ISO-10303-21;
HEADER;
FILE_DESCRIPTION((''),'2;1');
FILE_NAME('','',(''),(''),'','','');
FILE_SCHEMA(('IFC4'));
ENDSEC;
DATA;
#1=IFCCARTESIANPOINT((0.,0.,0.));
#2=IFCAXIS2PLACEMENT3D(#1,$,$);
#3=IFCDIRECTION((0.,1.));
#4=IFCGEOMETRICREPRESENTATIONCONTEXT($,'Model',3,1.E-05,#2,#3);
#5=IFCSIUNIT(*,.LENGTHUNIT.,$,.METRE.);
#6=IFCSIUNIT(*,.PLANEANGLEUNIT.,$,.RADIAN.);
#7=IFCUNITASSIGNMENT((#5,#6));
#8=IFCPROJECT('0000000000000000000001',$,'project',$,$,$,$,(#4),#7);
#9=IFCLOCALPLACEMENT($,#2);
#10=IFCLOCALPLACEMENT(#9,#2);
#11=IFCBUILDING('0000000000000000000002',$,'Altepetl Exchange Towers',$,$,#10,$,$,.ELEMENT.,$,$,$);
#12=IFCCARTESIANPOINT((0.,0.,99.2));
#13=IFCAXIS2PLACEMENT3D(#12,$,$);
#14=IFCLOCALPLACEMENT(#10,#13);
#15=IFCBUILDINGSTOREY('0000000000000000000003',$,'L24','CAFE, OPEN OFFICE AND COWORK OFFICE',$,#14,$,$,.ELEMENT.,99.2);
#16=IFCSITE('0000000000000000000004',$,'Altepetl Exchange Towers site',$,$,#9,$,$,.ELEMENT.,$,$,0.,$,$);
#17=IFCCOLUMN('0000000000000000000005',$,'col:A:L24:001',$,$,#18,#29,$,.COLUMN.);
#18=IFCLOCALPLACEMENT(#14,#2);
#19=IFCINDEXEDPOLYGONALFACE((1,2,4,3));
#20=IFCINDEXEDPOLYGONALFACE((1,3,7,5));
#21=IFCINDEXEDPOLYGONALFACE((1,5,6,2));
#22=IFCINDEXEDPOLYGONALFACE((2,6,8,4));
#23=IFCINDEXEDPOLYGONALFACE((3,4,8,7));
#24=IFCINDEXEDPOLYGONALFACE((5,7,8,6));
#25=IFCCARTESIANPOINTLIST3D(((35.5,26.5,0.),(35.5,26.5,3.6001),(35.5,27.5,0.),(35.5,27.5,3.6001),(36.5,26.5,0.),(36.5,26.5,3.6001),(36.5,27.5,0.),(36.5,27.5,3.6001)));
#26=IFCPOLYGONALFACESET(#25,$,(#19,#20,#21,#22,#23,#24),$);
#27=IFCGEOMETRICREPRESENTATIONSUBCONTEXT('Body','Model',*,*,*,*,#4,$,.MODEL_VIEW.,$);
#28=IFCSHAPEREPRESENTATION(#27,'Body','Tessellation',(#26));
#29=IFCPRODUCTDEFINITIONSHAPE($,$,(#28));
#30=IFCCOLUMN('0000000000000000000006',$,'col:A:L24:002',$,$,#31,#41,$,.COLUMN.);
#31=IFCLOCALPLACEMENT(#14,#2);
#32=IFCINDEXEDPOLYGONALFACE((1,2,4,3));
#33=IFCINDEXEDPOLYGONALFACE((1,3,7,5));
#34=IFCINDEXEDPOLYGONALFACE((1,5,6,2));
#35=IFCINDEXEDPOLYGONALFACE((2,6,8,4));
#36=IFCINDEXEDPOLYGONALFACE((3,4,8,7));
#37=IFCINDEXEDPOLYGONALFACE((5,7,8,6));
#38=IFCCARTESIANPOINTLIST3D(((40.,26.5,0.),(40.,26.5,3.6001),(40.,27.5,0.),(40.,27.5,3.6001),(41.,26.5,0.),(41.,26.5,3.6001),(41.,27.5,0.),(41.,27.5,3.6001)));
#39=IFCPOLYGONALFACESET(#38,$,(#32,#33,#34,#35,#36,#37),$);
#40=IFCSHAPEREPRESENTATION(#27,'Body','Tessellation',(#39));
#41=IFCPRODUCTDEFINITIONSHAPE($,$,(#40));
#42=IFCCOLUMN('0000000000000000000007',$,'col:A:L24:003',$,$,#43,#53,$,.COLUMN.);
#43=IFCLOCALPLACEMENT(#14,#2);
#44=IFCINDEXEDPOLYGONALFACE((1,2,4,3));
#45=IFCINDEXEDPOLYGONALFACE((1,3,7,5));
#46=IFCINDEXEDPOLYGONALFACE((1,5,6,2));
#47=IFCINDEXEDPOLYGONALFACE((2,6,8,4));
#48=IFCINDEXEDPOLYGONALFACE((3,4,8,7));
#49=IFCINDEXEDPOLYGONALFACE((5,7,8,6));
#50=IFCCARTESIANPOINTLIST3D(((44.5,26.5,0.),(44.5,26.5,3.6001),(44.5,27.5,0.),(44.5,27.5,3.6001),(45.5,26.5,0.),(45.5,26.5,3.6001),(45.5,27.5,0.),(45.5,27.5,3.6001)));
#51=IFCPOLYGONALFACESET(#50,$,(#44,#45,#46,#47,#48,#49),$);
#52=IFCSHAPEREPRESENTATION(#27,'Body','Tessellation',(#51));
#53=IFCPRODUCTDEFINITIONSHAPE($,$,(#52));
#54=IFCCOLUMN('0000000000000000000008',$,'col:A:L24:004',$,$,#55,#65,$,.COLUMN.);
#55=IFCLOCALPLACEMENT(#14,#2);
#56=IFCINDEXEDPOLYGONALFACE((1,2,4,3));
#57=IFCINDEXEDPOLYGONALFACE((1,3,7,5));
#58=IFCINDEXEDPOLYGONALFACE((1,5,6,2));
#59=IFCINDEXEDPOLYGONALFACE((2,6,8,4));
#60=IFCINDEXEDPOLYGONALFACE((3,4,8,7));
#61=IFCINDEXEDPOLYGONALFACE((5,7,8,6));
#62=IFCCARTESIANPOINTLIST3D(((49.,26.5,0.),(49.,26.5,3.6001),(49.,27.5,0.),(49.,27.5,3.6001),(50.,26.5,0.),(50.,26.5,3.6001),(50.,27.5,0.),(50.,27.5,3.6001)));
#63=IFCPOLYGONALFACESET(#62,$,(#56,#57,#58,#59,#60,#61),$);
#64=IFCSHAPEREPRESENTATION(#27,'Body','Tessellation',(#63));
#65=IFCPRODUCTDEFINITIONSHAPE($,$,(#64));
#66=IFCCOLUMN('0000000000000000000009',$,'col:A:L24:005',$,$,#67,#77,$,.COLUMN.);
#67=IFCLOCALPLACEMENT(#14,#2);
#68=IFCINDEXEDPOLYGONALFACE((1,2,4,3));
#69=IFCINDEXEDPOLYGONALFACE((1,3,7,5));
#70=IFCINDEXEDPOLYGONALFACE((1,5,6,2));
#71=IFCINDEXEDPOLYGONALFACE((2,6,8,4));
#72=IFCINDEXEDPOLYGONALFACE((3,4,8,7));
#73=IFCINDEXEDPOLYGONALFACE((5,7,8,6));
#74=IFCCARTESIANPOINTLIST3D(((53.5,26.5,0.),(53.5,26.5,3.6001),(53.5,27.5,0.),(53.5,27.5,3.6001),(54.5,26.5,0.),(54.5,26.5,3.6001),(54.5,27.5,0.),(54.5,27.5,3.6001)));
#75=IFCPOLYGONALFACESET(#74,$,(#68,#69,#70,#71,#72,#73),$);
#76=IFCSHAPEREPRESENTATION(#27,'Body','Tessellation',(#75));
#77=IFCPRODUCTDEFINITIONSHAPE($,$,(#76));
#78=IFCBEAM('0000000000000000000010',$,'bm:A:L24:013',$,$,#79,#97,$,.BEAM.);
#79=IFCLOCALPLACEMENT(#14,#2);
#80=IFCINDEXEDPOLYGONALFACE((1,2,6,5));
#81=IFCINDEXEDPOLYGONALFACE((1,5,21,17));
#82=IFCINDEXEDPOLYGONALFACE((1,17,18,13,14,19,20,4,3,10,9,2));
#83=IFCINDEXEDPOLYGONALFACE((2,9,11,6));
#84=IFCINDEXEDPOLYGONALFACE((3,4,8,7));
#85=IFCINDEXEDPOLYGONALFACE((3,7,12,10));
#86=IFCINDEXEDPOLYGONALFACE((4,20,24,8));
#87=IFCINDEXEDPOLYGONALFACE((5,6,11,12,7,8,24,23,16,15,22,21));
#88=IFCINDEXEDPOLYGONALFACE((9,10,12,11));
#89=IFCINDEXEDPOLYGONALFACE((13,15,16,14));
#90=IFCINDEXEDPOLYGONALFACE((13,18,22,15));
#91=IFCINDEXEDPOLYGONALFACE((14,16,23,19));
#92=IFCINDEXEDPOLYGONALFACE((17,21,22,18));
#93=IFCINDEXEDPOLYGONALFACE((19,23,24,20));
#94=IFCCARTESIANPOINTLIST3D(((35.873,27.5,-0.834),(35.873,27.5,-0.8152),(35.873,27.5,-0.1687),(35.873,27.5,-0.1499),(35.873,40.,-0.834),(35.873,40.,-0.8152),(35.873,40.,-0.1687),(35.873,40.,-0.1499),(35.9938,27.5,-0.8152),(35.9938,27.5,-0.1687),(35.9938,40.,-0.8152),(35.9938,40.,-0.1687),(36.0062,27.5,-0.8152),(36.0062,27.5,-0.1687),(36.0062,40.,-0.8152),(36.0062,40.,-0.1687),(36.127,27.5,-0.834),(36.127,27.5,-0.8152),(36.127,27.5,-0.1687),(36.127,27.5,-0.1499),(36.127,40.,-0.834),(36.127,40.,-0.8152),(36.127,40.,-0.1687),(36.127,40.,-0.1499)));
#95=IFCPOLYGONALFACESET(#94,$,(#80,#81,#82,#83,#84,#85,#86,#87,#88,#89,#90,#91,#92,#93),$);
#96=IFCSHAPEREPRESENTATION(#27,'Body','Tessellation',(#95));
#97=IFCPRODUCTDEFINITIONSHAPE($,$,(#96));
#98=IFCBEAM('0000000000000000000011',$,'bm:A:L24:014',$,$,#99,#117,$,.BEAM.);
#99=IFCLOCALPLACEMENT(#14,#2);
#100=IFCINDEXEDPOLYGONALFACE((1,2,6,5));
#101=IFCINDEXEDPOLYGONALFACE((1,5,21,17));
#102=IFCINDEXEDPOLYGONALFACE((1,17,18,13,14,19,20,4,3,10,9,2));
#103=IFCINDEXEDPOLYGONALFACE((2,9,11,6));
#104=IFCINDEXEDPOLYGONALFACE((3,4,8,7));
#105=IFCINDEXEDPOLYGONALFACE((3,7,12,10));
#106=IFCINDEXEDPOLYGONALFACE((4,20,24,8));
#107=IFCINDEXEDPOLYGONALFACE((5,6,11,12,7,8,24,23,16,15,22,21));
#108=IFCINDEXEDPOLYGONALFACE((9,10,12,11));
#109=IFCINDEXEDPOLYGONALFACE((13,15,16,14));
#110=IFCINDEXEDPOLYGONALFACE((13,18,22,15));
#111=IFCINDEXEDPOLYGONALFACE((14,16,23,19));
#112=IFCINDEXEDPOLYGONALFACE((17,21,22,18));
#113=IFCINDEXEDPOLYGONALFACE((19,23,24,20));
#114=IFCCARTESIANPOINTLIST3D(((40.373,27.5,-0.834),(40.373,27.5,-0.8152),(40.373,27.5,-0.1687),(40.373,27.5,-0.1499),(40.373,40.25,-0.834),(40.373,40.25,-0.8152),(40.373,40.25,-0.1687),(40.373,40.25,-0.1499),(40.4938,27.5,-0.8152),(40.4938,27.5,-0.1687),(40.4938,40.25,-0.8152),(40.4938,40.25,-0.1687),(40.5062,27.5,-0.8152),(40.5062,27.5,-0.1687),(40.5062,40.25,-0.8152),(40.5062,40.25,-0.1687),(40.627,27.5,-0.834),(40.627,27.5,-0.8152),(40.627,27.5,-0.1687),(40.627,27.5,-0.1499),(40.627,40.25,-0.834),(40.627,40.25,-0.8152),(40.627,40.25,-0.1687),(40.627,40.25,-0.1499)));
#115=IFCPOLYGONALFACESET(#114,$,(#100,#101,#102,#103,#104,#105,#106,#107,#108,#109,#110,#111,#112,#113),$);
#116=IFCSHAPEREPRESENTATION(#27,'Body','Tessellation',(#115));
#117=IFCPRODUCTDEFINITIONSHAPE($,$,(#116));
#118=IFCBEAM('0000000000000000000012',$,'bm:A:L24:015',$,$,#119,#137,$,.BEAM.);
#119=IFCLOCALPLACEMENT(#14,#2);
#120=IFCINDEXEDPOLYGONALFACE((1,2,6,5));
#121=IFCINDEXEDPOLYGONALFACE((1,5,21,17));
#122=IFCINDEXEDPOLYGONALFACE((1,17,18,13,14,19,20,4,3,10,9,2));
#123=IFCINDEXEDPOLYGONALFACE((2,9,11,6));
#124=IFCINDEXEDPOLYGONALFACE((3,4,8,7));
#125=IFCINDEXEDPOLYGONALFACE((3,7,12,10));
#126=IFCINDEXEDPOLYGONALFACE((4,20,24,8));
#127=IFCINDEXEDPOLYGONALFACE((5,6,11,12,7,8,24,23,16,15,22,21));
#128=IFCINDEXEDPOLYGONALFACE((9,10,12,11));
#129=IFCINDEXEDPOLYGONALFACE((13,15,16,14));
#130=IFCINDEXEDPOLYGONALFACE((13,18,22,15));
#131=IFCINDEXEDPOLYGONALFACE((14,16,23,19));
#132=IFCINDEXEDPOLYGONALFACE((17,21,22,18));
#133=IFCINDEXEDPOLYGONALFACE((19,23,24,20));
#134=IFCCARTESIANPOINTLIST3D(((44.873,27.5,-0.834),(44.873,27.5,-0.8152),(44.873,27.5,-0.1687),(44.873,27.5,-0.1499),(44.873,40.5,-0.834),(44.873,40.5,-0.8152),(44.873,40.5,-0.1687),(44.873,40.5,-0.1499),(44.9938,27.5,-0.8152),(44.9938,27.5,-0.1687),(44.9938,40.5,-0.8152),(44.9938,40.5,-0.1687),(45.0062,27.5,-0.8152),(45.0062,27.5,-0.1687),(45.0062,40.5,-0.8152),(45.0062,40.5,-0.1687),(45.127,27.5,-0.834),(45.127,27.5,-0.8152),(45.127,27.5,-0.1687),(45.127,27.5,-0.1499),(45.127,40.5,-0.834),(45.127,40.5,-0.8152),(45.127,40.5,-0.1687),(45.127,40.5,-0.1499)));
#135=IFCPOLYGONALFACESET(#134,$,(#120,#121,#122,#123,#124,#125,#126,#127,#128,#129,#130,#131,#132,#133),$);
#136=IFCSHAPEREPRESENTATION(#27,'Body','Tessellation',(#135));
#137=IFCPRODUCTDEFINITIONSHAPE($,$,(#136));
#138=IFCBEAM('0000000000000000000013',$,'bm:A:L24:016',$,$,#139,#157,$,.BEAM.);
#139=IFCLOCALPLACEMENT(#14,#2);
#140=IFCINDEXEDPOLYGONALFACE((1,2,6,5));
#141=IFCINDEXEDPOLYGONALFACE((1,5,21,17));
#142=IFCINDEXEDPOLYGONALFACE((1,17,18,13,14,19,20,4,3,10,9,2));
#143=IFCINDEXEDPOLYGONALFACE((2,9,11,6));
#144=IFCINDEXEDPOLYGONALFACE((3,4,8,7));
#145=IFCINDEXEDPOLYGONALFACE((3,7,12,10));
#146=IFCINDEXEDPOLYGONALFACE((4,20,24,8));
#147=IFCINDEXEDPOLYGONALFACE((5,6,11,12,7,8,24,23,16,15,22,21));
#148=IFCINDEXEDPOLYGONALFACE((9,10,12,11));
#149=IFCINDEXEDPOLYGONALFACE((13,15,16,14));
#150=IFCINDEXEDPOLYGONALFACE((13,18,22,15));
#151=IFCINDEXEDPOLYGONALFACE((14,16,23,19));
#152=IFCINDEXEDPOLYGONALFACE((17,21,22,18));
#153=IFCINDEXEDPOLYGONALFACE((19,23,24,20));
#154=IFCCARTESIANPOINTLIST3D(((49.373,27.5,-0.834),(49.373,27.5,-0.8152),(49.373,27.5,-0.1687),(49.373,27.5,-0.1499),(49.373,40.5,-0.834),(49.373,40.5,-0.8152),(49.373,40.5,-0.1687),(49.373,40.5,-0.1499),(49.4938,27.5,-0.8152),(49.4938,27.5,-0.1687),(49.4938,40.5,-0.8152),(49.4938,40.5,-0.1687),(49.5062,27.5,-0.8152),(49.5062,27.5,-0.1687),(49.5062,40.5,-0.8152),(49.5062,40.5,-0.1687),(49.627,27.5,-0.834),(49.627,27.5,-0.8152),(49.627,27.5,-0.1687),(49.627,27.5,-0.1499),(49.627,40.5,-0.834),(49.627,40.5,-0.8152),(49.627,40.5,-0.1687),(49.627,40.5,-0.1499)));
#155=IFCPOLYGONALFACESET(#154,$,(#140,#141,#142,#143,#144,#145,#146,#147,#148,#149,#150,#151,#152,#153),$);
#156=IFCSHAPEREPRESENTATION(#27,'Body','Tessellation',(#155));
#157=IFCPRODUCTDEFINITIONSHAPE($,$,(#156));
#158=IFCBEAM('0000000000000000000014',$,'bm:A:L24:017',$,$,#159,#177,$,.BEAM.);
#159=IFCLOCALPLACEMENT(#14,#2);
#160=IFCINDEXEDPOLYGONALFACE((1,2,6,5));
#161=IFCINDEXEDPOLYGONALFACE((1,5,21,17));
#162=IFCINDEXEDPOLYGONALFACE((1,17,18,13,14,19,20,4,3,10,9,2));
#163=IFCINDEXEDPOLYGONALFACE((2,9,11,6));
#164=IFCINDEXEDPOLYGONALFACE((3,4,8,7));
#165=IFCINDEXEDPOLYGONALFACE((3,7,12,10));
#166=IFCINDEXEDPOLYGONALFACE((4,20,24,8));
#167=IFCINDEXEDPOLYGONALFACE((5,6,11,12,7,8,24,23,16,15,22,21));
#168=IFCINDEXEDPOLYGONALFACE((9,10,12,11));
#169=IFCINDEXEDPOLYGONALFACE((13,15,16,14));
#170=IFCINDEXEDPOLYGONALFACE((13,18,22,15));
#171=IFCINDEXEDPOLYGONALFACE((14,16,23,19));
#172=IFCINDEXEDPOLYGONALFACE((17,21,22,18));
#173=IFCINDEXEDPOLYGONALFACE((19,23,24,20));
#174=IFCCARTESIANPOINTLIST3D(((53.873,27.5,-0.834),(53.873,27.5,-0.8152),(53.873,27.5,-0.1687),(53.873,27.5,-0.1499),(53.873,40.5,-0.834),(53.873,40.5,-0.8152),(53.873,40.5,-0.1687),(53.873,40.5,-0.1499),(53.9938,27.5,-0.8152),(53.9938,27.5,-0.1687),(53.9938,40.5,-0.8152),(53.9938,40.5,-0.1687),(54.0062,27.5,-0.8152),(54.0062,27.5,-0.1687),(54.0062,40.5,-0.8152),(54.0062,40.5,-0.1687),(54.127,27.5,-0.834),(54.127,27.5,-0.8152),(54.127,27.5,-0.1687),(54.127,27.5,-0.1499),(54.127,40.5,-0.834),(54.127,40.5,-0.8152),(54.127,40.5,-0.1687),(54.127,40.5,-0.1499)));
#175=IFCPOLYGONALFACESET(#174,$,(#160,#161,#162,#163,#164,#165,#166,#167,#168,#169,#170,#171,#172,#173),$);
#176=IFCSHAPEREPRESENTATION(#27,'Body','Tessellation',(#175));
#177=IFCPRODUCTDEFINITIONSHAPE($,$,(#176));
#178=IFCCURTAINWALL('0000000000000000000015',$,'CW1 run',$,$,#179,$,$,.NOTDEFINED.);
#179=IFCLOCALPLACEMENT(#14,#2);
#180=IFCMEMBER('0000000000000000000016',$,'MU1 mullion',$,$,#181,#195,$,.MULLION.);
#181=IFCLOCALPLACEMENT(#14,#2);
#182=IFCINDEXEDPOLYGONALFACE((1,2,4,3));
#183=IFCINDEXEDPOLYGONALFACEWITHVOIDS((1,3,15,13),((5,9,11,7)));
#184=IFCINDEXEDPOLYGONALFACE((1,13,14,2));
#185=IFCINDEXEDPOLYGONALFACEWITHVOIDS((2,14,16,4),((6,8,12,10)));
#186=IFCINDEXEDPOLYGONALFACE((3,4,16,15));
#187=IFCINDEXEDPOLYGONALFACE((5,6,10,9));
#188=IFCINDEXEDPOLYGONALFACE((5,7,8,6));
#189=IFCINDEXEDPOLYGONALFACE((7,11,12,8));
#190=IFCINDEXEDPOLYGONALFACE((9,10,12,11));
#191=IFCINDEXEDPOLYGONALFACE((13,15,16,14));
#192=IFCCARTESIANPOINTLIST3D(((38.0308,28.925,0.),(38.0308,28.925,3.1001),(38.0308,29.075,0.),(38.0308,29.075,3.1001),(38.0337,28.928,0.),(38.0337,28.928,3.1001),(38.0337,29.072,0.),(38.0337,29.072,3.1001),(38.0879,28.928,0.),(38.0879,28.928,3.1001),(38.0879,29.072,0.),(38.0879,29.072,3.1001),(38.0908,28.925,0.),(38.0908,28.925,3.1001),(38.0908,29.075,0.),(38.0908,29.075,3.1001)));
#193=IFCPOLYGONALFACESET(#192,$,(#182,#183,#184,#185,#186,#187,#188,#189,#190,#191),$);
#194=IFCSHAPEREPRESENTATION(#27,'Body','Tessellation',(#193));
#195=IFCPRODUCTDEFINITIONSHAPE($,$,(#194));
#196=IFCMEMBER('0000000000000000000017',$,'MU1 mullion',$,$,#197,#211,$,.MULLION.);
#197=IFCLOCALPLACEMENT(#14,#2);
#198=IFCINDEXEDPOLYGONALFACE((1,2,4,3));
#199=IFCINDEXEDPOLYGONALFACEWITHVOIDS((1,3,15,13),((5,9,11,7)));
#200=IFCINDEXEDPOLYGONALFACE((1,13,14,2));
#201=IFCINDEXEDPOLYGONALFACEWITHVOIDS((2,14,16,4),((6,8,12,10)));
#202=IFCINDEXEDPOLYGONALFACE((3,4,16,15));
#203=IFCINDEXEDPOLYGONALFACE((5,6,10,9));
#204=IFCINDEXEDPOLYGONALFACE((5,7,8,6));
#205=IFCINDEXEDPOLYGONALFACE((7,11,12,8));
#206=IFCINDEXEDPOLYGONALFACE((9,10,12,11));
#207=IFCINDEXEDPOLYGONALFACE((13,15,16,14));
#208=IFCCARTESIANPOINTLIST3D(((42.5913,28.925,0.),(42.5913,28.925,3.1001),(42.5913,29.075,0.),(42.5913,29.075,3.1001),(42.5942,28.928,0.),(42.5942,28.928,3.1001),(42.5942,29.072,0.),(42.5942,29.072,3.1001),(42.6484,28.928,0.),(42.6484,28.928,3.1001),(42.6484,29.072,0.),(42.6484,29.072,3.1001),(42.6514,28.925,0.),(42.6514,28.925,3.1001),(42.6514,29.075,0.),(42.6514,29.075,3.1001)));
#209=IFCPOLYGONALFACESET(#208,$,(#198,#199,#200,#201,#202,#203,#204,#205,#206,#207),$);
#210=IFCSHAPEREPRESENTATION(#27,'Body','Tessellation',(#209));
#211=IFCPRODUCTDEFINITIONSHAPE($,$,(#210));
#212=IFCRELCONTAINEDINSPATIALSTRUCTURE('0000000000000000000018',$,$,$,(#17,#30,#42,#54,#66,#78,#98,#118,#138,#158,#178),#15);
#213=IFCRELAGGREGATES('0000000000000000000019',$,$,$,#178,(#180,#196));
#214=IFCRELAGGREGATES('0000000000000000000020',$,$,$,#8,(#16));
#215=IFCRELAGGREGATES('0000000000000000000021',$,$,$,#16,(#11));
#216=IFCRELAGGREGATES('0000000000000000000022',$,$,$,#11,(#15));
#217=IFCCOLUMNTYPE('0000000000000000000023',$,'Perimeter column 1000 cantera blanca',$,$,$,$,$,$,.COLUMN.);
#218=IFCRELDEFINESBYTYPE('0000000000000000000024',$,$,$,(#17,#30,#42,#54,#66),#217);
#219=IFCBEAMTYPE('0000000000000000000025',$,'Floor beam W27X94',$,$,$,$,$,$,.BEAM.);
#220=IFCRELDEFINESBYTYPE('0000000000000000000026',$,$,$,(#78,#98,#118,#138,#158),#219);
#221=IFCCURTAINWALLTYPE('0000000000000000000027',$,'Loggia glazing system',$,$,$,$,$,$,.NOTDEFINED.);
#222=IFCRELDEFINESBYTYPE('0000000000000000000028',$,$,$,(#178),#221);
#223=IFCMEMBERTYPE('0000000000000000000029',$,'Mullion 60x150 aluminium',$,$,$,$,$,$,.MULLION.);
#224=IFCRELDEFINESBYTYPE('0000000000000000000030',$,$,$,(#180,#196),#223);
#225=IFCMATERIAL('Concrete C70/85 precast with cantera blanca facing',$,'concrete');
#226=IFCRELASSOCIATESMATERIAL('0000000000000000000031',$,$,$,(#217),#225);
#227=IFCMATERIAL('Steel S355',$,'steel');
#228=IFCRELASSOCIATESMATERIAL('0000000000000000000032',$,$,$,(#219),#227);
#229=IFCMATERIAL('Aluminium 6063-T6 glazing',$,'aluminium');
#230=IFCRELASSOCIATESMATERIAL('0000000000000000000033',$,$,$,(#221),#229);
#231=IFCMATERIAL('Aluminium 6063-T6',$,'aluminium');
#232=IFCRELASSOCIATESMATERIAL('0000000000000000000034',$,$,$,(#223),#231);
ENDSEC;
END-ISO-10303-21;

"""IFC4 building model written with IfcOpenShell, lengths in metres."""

from ifc_helpers import new_model, si_unit, direction, frame, origin, origin_2d, place, context, subcontext, project, spatial, rectangle, hollow_rectangle, i_section, extrude, material, material_profile, profile_set, type_object, element, aggregate, save


model = new_model("IFC4")

# Units and contexts
model_context = context("Model", 3, precision=1e-05, world=origin(), true_north=direction((0.0, 1.0)))
body_context = subcontext(model_context, "Body", "Model", "MODEL_VIEW")
ifc_project = project(units=[si_unit("LENGTHUNIT", "METRE"), si_unit("PLANEANGLEUNIT", "RADIAN")], contexts=[model_context])

# Site, building, storey
site_placement = place(None, origin())
site = spatial("IfcSite", under=ifc_project, at=site_placement, Name="Altepetl Exchange Towers site", CompositionType="ELEMENT", RefElevation=0.0)
building_placement = place(site_placement, origin())
building = spatial("IfcBuilding", under=site, at=building_placement, Name="Altepetl Exchange Towers", CompositionType="ELEMENT")
storey_placement = place(building_placement, frame((0.0, 0.0, 99.2)))
storey = spatial("IfcBuildingStorey", under=building, at=storey_placement, Name="L24", Description="CAFE, OPEN OFFICE AND COWORK OFFICE", CompositionType="ELEMENT", Elevation=99.2)

# Columns
ifc_material_1 = material(Name="Concrete C70/85 precast with cantera blanca facing", Category="concrete")
ifc_material_profile_1 = material_profile(ifc_material_1, rectangle(XDim=1.0, YDim=1.0, at=origin_2d()), Name="1000 x 1000")
ifc_profile_set_1 = profile_set([ifc_material_profile_1], Name="Concrete C70/85 precast with cantera blanca facing")
column_type = type_object("IfcColumnType", Name="Perimeter column 1000 cantera blanca", PredefinedType="COLUMN", material=ifc_profile_set_1)
for number, where, name in (
    (1, (36.0, 27.0, 0.0), "col:A:L24:001"),
    (2, (40.5, 27.0, 0.0), "col:A:L24:002"),
    (3, (45.0, 27.0, 0.0), "col:A:L24:003"),
    (4, (49.5, 27.0, 0.0), "col:A:L24:004"),
    (5, (54.0, 27.0, 0.0), "col:A:L24:005"),
):
    element("IfcColumn", number, at=place(storey_placement, frame(where)), inside=storey, type_object=column_type, Name=name, PredefinedType="COLUMN", context=body_context, shape_type="SweptSolid", body=[
        extrude(rectangle(XDim=1.0, YDim=1.0, at=origin_2d()), origin(), (0.0, 0.0, 1.0), 3.6001),
    ])

# Beams
ifc_material_2 = material(Name="Steel S355", Category="steel")
ifc_material_profile_2 = material_profile(ifc_material_2, i_section(OverallWidth=0.2539, OverallDepth=0.6841, WebThickness=0.0125, FlangeThickness=0.0188, at=origin_2d()), Name="W27X94")
ifc_profile_set_2 = profile_set([ifc_material_profile_2], Name="Steel S355")
beam_type_1 = type_object("IfcBeamType", Name="Floor beam W27X94", PredefinedType="BEAM", material=ifc_profile_set_2)
beam_1_placement = place(storey_placement, frame((36.0, 27.5, -0.4919), z_axis=(0.0, 1.0, 0.0), x_axis=(-1.0, 0.0, 0.0)))
element("IfcBeam", 6, at=beam_1_placement, inside=storey, type_object=beam_type_1, Name="bm:A:L24:013", PredefinedType="BEAM", context=body_context, shape_type="SweptSolid", body=[
    extrude(i_section(OverallWidth=0.2539, OverallDepth=0.6841, WebThickness=0.0125, FlangeThickness=0.0188, at=origin_2d()), origin(), (0.0, 0.0, 1.0), 12.5),
])
beam_2_placement = place(storey_placement, frame((40.5, 27.5, -0.4919), z_axis=(0.0, 1.0, 0.0), x_axis=(-1.0, 0.0, 0.0)))
element("IfcBeam", 7, at=beam_2_placement, inside=storey, type_object=beam_type_1, Name="bm:A:L24:014", PredefinedType="BEAM", context=body_context, shape_type="SweptSolid", body=[
    extrude(i_section(OverallWidth=0.2539, OverallDepth=0.6841, WebThickness=0.0125, FlangeThickness=0.0188, at=origin_2d()), origin(), (0.0, 0.0, 1.0), 12.75),
])
for number, where, z_axis, x_axis, name in (
    (8, (45.0, 27.5, -0.4919), (0.0, 1.0, 0.0), (-1.0, 0.0, 0.0), "bm:A:L24:015"),
    (9, (49.5, 27.5, -0.4919), (0.0, 1.0, 0.0), (-1.0, 0.0, 0.0), "bm:A:L24:016"),
    (10, (54.0, 27.5, -0.4919), (0.0, 1.0, 0.0), (-1.0, 0.0, 0.0), "bm:A:L24:017"),
):
    element("IfcBeam", number, at=place(storey_placement, frame(where, z_axis=z_axis, x_axis=x_axis)), inside=storey, type_object=beam_type_1, Name=name, PredefinedType="BEAM", context=body_context, shape_type="SweptSolid", body=[
        extrude(i_section(OverallWidth=0.2539, OverallDepth=0.6841, WebThickness=0.0125, FlangeThickness=0.0188, at=origin_2d()), origin(), (0.0, 0.0, 1.0), 13.0),
    ])

# Curtain wall, members
ifc_material_3 = material(Name="Aluminium 6063-T6 glazing", Category="aluminium")
curtain_wall_type = type_object("IfcCurtainWallType", Name="Loggia glazing system", PredefinedType="NOTDEFINED", material=ifc_material_3)
curtain_wall_1_placement = place(storey_placement, origin())
curtain_wall_1 = element("IfcCurtainWall", 11, at=curtain_wall_1_placement, inside=storey, type_object=curtain_wall_type, Name="CW1 run", PredefinedType="NOTDEFINED")
ifc_material_4 = material(Name="Aluminium 6063-T6", Category="aluminium")
ifc_material_profile_3 = material_profile(ifc_material_4, hollow_rectangle(XDim=0.0601, YDim=0.1499, WallThickness=0.0029, at=origin_2d()), Name="Mullion 60x150 aluminium")
ifc_profile_set_3 = profile_set([ifc_material_profile_3], Name="Aluminium 6063-T6")
member_type = type_object("IfcMemberType", Name="Mullion 60x150 aluminium", PredefinedType="MULLION", material=ifc_profile_set_3)
member_1_placement = place(storey_placement, frame((38.0608, 29.0, 0.0)))
member_1 = element("IfcMember", 12, at=member_1_placement, type_object=member_type, Name="MU1 mullion", PredefinedType="MULLION", context=body_context, shape_type="SweptSolid", body=[
    extrude(hollow_rectangle(XDim=0.0601, YDim=0.1499, WallThickness=0.0029, at=origin_2d()), origin(), (0.0, 0.0, 1.0), 3.1001),
])
member_2_placement = place(storey_placement, frame((42.6213, 29.0, 0.0)))
member_2 = element("IfcMember", 13, at=member_2_placement, type_object=member_type, Name="MU1 mullion", PredefinedType="MULLION", context=body_context, shape_type="SweptSolid", body=[
    extrude(hollow_rectangle(XDim=0.0601, YDim=0.1499, WallThickness=0.0029, at=origin_2d()), origin(), (0.0, 0.0, 1.0), 3.1001),
])

aggregate(curtain_wall_1, [member_1, member_2])

save(model, "model.ifc")
